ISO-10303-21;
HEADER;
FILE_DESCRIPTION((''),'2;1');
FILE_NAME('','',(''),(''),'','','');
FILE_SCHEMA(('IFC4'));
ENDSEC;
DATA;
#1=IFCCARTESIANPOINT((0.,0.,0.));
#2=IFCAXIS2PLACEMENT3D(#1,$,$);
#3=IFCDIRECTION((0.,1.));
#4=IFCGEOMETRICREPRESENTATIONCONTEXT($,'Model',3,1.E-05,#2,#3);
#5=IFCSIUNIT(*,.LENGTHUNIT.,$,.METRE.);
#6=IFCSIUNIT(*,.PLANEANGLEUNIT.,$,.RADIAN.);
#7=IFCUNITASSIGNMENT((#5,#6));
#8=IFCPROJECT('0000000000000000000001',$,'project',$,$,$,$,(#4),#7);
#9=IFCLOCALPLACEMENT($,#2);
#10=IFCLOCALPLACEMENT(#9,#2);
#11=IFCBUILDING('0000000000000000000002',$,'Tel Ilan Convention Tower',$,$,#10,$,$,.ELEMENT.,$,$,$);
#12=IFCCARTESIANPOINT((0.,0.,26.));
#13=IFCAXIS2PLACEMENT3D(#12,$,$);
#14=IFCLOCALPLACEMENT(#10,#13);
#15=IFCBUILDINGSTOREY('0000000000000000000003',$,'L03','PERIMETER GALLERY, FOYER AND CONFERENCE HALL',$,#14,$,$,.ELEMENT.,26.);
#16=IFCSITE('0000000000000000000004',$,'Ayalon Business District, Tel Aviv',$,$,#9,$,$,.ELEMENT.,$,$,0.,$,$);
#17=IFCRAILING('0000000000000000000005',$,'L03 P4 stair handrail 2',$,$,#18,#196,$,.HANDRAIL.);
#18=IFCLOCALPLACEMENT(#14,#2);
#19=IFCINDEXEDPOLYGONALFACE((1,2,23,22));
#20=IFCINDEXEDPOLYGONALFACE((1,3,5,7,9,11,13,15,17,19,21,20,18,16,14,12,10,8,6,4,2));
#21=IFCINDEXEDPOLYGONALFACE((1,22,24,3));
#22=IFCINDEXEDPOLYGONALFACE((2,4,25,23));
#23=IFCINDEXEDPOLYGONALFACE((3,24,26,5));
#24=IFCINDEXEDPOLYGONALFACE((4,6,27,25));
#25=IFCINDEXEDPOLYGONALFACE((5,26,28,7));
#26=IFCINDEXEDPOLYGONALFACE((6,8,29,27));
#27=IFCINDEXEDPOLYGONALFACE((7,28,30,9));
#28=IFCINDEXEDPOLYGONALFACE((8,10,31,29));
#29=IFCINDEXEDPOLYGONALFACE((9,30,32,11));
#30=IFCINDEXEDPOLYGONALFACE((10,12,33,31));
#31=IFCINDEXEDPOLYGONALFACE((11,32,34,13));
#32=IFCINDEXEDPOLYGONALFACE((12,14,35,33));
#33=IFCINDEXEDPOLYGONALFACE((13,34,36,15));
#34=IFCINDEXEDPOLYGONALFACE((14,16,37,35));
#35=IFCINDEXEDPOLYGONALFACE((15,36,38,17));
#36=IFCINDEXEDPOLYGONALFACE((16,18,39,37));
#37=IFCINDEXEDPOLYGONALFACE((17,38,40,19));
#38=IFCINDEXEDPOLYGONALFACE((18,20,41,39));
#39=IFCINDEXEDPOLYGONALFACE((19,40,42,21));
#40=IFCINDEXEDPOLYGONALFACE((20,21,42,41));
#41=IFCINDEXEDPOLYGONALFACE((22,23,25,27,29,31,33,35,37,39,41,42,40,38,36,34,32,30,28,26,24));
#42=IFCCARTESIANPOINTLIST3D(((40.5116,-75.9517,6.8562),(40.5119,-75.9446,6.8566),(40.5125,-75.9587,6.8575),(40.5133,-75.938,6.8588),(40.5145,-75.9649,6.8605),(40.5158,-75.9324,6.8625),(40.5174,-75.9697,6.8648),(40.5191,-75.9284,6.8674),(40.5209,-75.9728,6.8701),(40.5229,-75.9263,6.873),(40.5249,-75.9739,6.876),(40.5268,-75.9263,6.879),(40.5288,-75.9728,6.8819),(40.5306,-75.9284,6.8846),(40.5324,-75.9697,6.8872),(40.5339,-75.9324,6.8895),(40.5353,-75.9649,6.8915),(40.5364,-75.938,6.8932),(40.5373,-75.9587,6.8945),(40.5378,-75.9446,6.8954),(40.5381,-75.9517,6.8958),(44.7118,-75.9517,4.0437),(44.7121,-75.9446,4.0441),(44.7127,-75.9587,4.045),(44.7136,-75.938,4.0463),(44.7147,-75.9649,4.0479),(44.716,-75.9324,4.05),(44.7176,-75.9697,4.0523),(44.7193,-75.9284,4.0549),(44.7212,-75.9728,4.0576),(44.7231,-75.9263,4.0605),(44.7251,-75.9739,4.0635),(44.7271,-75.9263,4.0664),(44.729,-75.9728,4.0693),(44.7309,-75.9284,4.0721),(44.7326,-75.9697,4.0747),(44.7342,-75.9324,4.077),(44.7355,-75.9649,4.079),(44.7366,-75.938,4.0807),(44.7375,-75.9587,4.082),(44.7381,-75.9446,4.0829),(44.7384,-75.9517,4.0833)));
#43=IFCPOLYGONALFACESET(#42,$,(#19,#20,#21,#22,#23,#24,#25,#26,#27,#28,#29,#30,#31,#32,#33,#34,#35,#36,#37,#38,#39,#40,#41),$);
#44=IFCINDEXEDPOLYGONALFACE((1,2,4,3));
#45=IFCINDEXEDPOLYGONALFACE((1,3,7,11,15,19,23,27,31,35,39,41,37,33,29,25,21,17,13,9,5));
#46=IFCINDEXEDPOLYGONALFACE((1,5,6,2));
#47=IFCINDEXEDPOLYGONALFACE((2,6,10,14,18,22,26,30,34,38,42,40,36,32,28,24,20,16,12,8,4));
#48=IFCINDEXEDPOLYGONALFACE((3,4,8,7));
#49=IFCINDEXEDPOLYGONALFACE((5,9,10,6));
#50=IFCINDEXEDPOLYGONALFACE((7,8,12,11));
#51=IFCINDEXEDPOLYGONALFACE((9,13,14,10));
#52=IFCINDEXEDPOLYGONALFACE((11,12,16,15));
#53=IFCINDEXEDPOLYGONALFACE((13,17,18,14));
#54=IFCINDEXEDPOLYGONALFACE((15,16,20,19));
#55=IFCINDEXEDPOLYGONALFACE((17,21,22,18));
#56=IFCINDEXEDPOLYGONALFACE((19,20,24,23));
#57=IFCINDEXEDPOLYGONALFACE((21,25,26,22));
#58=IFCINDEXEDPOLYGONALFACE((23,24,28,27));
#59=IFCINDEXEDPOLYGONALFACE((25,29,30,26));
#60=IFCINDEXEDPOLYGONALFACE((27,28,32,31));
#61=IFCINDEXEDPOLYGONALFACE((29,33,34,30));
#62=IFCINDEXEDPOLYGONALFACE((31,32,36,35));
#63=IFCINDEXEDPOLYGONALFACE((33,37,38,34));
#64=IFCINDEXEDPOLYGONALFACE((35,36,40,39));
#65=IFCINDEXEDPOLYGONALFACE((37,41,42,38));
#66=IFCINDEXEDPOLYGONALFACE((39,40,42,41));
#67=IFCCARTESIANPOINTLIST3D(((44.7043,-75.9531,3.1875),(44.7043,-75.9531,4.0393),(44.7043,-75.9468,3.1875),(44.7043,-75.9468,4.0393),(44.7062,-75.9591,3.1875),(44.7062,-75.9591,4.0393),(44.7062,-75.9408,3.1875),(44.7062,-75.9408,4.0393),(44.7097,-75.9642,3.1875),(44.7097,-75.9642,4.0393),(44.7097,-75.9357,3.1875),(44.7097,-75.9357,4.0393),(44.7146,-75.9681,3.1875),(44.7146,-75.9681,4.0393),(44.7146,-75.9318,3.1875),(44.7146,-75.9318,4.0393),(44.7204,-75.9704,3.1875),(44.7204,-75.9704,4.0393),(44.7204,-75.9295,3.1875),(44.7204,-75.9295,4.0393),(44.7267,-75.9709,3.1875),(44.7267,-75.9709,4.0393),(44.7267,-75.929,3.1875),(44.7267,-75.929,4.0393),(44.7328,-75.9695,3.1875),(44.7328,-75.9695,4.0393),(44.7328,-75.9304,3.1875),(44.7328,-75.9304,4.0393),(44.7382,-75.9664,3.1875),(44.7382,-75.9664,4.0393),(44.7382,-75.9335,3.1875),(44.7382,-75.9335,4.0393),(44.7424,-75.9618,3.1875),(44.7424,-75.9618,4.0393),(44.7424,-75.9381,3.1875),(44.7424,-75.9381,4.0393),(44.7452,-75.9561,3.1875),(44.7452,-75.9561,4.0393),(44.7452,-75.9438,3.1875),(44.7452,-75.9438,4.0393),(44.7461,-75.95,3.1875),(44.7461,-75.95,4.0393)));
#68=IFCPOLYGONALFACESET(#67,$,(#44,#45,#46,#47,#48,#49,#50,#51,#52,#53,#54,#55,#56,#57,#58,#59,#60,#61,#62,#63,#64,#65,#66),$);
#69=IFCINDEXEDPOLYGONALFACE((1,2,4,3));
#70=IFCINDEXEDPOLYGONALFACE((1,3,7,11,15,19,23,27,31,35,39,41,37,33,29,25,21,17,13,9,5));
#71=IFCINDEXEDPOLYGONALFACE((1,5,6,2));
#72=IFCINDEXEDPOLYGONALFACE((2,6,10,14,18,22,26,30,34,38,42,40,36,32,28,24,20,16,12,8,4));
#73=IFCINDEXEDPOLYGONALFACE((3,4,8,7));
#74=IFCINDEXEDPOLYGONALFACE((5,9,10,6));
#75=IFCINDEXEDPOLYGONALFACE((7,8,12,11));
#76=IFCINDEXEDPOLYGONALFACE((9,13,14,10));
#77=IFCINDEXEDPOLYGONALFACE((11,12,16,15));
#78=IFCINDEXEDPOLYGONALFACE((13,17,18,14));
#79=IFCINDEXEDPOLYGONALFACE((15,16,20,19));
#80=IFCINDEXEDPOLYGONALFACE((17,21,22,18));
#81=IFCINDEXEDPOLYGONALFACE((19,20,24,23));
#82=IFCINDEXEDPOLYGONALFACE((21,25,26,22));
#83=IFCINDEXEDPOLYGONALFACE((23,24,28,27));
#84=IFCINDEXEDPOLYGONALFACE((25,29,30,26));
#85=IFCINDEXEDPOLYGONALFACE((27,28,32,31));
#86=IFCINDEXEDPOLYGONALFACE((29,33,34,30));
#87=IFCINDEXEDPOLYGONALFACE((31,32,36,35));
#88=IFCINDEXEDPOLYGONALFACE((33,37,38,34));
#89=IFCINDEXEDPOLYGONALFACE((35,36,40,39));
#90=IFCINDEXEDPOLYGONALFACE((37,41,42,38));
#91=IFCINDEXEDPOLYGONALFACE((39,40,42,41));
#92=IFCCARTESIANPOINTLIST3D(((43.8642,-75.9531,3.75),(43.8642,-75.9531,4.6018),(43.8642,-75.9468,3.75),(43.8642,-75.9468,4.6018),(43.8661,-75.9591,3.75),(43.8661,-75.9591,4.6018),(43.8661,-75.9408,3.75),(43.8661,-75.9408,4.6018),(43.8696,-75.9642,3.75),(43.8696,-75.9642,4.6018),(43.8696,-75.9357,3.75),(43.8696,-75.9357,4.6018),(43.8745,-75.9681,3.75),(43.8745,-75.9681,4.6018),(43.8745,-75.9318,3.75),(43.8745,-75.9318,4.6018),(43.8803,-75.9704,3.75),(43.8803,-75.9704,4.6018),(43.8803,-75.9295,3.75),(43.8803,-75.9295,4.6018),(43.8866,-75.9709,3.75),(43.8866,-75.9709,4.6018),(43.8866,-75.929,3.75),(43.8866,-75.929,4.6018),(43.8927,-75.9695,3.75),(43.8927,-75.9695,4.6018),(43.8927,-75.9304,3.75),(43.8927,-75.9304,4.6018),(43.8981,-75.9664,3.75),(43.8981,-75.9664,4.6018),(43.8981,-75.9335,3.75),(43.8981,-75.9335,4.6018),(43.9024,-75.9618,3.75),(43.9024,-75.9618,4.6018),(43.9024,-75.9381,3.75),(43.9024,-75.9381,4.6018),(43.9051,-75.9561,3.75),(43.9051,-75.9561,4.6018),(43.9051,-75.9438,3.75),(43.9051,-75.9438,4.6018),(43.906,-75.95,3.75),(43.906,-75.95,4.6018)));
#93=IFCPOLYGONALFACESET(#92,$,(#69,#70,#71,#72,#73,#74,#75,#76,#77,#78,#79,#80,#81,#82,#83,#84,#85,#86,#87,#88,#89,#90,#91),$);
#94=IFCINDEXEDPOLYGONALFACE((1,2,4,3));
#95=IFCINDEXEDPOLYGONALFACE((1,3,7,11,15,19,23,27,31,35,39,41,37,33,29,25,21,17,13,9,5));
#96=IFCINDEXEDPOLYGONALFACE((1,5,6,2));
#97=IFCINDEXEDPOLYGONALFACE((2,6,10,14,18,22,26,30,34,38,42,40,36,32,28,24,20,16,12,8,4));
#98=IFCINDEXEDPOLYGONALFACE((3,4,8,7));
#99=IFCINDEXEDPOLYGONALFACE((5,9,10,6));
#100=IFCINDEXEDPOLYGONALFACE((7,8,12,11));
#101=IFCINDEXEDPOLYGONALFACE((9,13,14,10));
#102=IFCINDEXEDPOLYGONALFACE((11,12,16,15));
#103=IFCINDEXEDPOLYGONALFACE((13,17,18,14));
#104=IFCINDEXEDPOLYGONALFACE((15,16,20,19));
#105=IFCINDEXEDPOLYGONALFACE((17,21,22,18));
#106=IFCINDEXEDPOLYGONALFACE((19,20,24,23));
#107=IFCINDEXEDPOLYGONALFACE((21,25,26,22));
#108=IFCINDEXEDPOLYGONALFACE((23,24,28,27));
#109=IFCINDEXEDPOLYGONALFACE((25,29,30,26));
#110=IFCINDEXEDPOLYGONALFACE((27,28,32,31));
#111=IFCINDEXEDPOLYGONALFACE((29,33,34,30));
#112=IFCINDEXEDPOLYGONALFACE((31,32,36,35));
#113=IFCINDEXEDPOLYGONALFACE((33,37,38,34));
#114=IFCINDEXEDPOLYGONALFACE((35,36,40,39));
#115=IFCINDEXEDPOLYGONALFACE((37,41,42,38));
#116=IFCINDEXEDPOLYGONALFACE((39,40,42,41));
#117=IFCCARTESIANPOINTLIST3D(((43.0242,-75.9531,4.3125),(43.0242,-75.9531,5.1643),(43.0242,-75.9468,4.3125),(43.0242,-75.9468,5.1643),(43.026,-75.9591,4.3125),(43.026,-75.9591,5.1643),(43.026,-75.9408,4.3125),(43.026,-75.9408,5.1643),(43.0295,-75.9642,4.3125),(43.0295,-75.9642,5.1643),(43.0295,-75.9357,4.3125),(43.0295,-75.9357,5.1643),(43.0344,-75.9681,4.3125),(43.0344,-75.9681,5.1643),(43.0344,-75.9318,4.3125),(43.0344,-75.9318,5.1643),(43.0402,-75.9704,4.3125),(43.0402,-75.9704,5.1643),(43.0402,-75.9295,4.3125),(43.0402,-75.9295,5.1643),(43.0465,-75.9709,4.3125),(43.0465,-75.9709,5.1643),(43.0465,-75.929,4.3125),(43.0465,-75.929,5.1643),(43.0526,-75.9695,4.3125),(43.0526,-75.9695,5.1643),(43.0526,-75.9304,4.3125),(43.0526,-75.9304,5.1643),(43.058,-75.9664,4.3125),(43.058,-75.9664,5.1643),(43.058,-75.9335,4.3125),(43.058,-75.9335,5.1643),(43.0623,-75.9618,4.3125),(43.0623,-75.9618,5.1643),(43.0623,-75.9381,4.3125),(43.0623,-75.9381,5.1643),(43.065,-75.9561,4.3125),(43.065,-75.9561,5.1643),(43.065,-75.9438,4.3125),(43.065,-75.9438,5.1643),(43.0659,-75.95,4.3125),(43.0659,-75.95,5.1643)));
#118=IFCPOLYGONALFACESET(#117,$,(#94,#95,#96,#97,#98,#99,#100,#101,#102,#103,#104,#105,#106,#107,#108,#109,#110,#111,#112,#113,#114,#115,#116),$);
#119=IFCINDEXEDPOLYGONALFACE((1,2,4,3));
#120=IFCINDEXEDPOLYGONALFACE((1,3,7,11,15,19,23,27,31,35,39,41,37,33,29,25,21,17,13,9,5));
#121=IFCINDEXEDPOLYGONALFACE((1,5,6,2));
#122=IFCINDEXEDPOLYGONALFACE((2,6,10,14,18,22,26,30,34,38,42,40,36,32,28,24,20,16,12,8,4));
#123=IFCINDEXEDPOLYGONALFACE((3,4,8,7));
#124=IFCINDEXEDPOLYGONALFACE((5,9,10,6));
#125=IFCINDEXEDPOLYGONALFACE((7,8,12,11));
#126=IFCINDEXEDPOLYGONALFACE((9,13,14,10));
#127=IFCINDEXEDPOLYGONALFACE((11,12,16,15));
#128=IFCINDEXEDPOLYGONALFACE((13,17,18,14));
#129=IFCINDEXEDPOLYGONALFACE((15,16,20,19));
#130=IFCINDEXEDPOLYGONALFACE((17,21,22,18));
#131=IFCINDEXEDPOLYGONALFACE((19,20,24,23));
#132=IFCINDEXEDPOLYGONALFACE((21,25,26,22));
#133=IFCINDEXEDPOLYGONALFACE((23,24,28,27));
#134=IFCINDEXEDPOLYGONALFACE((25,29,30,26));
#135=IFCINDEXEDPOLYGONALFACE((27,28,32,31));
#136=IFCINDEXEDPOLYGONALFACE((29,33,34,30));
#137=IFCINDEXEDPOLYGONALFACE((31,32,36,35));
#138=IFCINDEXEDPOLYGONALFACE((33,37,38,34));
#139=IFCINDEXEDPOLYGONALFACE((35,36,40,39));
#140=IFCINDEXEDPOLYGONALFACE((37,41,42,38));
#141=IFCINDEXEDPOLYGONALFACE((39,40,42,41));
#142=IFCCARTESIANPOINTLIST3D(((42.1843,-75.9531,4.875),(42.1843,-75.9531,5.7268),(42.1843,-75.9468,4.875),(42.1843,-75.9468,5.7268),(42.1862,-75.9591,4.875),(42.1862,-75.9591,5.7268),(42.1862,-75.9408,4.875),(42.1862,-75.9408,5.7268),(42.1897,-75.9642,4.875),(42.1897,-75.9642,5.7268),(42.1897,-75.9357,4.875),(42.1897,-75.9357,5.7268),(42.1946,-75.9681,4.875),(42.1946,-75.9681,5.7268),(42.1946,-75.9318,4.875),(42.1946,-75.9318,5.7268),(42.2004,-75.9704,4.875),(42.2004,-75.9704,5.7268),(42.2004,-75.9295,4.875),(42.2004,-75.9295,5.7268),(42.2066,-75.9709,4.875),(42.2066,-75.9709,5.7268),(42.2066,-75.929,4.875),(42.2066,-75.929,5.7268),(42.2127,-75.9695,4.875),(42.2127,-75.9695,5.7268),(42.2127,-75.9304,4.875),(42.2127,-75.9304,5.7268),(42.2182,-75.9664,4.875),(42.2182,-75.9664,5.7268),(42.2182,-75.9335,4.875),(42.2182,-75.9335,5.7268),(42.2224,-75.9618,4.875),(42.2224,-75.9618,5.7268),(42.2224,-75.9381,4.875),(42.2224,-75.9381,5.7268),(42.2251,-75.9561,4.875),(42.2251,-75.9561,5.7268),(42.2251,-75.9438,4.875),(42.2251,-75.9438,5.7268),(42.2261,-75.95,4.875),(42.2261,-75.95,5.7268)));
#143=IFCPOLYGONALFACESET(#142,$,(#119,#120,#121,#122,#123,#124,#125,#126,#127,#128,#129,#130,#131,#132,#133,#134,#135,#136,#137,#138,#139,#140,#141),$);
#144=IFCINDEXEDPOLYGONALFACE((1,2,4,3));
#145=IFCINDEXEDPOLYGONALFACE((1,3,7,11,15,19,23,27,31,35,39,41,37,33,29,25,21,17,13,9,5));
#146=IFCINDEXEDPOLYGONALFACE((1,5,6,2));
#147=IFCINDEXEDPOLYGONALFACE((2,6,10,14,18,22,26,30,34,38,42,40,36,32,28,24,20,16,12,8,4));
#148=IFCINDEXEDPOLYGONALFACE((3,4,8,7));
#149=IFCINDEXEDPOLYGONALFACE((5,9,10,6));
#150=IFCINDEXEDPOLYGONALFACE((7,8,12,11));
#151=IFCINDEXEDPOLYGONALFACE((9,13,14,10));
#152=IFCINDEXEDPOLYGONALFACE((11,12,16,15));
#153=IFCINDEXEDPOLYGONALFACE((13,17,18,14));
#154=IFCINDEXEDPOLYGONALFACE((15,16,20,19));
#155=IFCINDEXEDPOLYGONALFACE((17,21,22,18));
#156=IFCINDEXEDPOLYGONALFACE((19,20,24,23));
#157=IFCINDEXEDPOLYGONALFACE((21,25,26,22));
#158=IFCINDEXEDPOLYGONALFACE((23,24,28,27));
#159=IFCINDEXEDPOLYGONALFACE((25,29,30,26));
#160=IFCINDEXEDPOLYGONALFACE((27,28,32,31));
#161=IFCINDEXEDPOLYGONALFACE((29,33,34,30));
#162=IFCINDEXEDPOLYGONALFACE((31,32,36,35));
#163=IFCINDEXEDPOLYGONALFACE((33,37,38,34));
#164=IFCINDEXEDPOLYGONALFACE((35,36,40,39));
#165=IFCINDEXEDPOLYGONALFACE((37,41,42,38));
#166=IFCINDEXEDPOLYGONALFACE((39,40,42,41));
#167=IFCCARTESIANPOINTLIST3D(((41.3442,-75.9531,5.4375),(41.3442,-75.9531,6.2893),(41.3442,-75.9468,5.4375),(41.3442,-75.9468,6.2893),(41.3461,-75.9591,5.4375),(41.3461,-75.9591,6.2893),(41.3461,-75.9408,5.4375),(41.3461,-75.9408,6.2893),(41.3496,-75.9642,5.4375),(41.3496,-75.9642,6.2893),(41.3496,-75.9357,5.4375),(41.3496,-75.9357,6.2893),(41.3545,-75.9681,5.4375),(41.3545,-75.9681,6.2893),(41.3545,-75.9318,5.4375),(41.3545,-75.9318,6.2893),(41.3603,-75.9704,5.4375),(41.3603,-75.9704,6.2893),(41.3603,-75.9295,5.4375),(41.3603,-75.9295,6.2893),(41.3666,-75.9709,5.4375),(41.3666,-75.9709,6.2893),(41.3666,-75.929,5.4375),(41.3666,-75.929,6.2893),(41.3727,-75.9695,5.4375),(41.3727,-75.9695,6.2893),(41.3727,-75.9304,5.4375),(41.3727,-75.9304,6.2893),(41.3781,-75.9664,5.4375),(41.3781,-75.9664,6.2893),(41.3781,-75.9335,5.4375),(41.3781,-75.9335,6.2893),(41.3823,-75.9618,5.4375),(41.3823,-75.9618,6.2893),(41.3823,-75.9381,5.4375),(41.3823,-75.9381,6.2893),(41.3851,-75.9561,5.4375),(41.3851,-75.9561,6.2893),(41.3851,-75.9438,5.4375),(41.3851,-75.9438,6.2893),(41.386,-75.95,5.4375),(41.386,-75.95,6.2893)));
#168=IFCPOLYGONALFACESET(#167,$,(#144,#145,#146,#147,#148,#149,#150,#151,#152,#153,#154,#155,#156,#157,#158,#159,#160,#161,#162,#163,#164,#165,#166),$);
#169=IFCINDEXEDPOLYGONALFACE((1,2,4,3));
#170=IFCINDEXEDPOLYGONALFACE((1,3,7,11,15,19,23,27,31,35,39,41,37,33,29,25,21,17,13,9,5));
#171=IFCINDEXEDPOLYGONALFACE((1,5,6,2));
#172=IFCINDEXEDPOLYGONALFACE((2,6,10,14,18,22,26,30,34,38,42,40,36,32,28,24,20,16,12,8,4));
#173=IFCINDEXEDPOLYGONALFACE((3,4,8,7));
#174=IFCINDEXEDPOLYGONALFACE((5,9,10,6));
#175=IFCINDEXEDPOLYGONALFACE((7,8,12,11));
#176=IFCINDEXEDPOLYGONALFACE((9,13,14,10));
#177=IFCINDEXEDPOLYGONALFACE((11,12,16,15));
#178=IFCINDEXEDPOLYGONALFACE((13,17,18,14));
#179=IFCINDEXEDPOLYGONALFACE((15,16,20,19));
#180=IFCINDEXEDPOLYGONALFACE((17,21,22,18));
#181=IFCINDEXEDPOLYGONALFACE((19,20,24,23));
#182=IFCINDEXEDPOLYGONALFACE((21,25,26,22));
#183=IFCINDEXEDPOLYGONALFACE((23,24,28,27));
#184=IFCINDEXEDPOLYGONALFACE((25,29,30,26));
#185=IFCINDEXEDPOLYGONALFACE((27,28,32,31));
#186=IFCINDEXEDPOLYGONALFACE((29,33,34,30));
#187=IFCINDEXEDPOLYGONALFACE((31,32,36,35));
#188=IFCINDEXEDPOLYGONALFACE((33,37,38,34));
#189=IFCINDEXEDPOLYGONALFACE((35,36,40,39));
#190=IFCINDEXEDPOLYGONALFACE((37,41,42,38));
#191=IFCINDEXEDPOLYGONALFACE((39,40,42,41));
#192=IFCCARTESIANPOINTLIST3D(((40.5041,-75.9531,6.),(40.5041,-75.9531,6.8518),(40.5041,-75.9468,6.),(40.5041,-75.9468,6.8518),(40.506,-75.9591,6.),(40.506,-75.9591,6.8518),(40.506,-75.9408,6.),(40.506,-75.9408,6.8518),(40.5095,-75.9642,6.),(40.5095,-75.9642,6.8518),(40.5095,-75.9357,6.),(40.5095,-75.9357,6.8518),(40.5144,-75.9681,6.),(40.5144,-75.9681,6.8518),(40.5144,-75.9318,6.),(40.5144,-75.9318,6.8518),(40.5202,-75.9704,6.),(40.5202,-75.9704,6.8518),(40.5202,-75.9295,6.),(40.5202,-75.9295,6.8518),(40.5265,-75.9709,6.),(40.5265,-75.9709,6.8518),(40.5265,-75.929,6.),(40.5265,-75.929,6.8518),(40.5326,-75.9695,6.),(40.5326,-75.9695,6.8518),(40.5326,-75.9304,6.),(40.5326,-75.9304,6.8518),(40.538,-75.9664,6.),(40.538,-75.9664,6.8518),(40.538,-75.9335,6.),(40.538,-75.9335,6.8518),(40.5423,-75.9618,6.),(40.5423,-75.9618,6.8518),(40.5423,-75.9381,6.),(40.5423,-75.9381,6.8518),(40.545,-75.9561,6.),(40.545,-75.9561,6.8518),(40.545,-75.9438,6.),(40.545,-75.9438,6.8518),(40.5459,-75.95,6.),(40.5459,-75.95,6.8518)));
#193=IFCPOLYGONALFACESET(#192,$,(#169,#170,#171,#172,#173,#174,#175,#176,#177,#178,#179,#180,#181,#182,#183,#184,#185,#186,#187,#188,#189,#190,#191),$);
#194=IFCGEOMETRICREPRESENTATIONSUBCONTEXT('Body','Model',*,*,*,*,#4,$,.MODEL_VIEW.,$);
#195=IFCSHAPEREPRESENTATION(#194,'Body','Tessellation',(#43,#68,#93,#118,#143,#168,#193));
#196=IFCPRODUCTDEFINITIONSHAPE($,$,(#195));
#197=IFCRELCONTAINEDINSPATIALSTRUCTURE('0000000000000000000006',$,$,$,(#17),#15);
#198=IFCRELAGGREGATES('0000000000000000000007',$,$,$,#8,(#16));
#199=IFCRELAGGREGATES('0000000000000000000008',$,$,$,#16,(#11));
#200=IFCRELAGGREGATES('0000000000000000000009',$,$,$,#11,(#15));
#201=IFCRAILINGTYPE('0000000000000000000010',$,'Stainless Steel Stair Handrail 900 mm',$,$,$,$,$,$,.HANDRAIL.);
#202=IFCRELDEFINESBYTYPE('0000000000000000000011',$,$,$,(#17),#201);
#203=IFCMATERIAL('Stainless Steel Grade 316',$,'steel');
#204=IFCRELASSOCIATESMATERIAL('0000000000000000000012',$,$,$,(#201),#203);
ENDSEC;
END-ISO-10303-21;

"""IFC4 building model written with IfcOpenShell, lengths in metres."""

from ifc_helpers import new_model, si_unit, direction, frame, origin, origin_2d, place, context, subcontext, project, spatial, circle, extrude, material, type_object, element, save


model = new_model("IFC4")

# Units and contexts
model_context = context("Model", 3, precision=1e-05, world=origin(), true_north=direction((0.0, 1.0)))
body_context = subcontext(model_context, "Body", "Model", "MODEL_VIEW")
ifc_project = project(units=[si_unit("LENGTHUNIT", "METRE"), si_unit("PLANEANGLEUNIT", "RADIAN")], contexts=[model_context])

# Site, building, storey
site_placement = place(None, origin())
site = spatial("IfcSite", under=ifc_project, at=site_placement, Name="Ayalon Business District, Tel Aviv", CompositionType="ELEMENT", RefElevation=0.0)
building_placement = place(site_placement, origin())
building = spatial("IfcBuilding", under=site, at=building_placement, Name="Tel Ilan Convention Tower", CompositionType="ELEMENT")
storey_placement = place(building_placement, frame((0.0, 0.0, 26.0)))
storey = spatial("IfcBuildingStorey", under=building, at=storey_placement, Name="L03", Description="PERIMETER GALLERY, FOYER AND CONFERENCE HALL", CompositionType="ELEMENT", Elevation=26.0)

# Railing
ifc_material_1 = material(Name="Stainless Steel Grade 316", Category="steel")
railing_type_1 = type_object("IfcRailingType", Name="Stainless Steel Stair Handrail 900 mm", PredefinedType="HANDRAIL", material=ifc_material_1)
railing_1_placement = place(storey_placement, frame((44.7251, -75.95, 3.1875)))
element("IfcRailing", 1, at=railing_1_placement, inside=storey, type_object=railing_type_1, Name="L03 P4 stair handrail 2", PredefinedType="HANDRAIL", context=body_context, shape_type="SweptSolid", body=[
    extrude(circle(Radius=0.0239, at=origin_2d()), frame((0.0, 0.0, 0.876), z_axis=(-0.830919, 0.0, 0.556393), x_axis=(0.0, -1.0, 0.0)), (0.0, 0.0, 1.0), 5.0549),
    extrude(circle(Radius=0.021, at=origin_2d()), origin(), (0.0, 0.0, 1.0), 0.8518),
    extrude(circle(Radius=0.021, at=origin_2d()), frame((-0.8401, 0.0, 0.5625)), (0.0, 0.0, 1.0), 0.8518),
    extrude(circle(Radius=0.021, at=origin_2d()), frame((-1.6802, 0.0, 1.125)), (0.0, 0.0, 1.0), 0.8518),
    extrude(circle(Radius=0.021, at=origin_2d()), frame((-2.52, 0.0, 1.6875)), (0.0, 0.0, 1.0), 0.8518),
    extrude(circle(Radius=0.021, at=origin_2d()), frame((-3.3601, 0.0, 2.25)), (0.0, 0.0, 1.0), 0.8518),
    extrude(circle(Radius=0.021, at=origin_2d()), frame((-4.2002, 0.0, 2.8125)), (0.0, 0.0, 1.0), 0.8518),
])

save(model, "model.ifc")
